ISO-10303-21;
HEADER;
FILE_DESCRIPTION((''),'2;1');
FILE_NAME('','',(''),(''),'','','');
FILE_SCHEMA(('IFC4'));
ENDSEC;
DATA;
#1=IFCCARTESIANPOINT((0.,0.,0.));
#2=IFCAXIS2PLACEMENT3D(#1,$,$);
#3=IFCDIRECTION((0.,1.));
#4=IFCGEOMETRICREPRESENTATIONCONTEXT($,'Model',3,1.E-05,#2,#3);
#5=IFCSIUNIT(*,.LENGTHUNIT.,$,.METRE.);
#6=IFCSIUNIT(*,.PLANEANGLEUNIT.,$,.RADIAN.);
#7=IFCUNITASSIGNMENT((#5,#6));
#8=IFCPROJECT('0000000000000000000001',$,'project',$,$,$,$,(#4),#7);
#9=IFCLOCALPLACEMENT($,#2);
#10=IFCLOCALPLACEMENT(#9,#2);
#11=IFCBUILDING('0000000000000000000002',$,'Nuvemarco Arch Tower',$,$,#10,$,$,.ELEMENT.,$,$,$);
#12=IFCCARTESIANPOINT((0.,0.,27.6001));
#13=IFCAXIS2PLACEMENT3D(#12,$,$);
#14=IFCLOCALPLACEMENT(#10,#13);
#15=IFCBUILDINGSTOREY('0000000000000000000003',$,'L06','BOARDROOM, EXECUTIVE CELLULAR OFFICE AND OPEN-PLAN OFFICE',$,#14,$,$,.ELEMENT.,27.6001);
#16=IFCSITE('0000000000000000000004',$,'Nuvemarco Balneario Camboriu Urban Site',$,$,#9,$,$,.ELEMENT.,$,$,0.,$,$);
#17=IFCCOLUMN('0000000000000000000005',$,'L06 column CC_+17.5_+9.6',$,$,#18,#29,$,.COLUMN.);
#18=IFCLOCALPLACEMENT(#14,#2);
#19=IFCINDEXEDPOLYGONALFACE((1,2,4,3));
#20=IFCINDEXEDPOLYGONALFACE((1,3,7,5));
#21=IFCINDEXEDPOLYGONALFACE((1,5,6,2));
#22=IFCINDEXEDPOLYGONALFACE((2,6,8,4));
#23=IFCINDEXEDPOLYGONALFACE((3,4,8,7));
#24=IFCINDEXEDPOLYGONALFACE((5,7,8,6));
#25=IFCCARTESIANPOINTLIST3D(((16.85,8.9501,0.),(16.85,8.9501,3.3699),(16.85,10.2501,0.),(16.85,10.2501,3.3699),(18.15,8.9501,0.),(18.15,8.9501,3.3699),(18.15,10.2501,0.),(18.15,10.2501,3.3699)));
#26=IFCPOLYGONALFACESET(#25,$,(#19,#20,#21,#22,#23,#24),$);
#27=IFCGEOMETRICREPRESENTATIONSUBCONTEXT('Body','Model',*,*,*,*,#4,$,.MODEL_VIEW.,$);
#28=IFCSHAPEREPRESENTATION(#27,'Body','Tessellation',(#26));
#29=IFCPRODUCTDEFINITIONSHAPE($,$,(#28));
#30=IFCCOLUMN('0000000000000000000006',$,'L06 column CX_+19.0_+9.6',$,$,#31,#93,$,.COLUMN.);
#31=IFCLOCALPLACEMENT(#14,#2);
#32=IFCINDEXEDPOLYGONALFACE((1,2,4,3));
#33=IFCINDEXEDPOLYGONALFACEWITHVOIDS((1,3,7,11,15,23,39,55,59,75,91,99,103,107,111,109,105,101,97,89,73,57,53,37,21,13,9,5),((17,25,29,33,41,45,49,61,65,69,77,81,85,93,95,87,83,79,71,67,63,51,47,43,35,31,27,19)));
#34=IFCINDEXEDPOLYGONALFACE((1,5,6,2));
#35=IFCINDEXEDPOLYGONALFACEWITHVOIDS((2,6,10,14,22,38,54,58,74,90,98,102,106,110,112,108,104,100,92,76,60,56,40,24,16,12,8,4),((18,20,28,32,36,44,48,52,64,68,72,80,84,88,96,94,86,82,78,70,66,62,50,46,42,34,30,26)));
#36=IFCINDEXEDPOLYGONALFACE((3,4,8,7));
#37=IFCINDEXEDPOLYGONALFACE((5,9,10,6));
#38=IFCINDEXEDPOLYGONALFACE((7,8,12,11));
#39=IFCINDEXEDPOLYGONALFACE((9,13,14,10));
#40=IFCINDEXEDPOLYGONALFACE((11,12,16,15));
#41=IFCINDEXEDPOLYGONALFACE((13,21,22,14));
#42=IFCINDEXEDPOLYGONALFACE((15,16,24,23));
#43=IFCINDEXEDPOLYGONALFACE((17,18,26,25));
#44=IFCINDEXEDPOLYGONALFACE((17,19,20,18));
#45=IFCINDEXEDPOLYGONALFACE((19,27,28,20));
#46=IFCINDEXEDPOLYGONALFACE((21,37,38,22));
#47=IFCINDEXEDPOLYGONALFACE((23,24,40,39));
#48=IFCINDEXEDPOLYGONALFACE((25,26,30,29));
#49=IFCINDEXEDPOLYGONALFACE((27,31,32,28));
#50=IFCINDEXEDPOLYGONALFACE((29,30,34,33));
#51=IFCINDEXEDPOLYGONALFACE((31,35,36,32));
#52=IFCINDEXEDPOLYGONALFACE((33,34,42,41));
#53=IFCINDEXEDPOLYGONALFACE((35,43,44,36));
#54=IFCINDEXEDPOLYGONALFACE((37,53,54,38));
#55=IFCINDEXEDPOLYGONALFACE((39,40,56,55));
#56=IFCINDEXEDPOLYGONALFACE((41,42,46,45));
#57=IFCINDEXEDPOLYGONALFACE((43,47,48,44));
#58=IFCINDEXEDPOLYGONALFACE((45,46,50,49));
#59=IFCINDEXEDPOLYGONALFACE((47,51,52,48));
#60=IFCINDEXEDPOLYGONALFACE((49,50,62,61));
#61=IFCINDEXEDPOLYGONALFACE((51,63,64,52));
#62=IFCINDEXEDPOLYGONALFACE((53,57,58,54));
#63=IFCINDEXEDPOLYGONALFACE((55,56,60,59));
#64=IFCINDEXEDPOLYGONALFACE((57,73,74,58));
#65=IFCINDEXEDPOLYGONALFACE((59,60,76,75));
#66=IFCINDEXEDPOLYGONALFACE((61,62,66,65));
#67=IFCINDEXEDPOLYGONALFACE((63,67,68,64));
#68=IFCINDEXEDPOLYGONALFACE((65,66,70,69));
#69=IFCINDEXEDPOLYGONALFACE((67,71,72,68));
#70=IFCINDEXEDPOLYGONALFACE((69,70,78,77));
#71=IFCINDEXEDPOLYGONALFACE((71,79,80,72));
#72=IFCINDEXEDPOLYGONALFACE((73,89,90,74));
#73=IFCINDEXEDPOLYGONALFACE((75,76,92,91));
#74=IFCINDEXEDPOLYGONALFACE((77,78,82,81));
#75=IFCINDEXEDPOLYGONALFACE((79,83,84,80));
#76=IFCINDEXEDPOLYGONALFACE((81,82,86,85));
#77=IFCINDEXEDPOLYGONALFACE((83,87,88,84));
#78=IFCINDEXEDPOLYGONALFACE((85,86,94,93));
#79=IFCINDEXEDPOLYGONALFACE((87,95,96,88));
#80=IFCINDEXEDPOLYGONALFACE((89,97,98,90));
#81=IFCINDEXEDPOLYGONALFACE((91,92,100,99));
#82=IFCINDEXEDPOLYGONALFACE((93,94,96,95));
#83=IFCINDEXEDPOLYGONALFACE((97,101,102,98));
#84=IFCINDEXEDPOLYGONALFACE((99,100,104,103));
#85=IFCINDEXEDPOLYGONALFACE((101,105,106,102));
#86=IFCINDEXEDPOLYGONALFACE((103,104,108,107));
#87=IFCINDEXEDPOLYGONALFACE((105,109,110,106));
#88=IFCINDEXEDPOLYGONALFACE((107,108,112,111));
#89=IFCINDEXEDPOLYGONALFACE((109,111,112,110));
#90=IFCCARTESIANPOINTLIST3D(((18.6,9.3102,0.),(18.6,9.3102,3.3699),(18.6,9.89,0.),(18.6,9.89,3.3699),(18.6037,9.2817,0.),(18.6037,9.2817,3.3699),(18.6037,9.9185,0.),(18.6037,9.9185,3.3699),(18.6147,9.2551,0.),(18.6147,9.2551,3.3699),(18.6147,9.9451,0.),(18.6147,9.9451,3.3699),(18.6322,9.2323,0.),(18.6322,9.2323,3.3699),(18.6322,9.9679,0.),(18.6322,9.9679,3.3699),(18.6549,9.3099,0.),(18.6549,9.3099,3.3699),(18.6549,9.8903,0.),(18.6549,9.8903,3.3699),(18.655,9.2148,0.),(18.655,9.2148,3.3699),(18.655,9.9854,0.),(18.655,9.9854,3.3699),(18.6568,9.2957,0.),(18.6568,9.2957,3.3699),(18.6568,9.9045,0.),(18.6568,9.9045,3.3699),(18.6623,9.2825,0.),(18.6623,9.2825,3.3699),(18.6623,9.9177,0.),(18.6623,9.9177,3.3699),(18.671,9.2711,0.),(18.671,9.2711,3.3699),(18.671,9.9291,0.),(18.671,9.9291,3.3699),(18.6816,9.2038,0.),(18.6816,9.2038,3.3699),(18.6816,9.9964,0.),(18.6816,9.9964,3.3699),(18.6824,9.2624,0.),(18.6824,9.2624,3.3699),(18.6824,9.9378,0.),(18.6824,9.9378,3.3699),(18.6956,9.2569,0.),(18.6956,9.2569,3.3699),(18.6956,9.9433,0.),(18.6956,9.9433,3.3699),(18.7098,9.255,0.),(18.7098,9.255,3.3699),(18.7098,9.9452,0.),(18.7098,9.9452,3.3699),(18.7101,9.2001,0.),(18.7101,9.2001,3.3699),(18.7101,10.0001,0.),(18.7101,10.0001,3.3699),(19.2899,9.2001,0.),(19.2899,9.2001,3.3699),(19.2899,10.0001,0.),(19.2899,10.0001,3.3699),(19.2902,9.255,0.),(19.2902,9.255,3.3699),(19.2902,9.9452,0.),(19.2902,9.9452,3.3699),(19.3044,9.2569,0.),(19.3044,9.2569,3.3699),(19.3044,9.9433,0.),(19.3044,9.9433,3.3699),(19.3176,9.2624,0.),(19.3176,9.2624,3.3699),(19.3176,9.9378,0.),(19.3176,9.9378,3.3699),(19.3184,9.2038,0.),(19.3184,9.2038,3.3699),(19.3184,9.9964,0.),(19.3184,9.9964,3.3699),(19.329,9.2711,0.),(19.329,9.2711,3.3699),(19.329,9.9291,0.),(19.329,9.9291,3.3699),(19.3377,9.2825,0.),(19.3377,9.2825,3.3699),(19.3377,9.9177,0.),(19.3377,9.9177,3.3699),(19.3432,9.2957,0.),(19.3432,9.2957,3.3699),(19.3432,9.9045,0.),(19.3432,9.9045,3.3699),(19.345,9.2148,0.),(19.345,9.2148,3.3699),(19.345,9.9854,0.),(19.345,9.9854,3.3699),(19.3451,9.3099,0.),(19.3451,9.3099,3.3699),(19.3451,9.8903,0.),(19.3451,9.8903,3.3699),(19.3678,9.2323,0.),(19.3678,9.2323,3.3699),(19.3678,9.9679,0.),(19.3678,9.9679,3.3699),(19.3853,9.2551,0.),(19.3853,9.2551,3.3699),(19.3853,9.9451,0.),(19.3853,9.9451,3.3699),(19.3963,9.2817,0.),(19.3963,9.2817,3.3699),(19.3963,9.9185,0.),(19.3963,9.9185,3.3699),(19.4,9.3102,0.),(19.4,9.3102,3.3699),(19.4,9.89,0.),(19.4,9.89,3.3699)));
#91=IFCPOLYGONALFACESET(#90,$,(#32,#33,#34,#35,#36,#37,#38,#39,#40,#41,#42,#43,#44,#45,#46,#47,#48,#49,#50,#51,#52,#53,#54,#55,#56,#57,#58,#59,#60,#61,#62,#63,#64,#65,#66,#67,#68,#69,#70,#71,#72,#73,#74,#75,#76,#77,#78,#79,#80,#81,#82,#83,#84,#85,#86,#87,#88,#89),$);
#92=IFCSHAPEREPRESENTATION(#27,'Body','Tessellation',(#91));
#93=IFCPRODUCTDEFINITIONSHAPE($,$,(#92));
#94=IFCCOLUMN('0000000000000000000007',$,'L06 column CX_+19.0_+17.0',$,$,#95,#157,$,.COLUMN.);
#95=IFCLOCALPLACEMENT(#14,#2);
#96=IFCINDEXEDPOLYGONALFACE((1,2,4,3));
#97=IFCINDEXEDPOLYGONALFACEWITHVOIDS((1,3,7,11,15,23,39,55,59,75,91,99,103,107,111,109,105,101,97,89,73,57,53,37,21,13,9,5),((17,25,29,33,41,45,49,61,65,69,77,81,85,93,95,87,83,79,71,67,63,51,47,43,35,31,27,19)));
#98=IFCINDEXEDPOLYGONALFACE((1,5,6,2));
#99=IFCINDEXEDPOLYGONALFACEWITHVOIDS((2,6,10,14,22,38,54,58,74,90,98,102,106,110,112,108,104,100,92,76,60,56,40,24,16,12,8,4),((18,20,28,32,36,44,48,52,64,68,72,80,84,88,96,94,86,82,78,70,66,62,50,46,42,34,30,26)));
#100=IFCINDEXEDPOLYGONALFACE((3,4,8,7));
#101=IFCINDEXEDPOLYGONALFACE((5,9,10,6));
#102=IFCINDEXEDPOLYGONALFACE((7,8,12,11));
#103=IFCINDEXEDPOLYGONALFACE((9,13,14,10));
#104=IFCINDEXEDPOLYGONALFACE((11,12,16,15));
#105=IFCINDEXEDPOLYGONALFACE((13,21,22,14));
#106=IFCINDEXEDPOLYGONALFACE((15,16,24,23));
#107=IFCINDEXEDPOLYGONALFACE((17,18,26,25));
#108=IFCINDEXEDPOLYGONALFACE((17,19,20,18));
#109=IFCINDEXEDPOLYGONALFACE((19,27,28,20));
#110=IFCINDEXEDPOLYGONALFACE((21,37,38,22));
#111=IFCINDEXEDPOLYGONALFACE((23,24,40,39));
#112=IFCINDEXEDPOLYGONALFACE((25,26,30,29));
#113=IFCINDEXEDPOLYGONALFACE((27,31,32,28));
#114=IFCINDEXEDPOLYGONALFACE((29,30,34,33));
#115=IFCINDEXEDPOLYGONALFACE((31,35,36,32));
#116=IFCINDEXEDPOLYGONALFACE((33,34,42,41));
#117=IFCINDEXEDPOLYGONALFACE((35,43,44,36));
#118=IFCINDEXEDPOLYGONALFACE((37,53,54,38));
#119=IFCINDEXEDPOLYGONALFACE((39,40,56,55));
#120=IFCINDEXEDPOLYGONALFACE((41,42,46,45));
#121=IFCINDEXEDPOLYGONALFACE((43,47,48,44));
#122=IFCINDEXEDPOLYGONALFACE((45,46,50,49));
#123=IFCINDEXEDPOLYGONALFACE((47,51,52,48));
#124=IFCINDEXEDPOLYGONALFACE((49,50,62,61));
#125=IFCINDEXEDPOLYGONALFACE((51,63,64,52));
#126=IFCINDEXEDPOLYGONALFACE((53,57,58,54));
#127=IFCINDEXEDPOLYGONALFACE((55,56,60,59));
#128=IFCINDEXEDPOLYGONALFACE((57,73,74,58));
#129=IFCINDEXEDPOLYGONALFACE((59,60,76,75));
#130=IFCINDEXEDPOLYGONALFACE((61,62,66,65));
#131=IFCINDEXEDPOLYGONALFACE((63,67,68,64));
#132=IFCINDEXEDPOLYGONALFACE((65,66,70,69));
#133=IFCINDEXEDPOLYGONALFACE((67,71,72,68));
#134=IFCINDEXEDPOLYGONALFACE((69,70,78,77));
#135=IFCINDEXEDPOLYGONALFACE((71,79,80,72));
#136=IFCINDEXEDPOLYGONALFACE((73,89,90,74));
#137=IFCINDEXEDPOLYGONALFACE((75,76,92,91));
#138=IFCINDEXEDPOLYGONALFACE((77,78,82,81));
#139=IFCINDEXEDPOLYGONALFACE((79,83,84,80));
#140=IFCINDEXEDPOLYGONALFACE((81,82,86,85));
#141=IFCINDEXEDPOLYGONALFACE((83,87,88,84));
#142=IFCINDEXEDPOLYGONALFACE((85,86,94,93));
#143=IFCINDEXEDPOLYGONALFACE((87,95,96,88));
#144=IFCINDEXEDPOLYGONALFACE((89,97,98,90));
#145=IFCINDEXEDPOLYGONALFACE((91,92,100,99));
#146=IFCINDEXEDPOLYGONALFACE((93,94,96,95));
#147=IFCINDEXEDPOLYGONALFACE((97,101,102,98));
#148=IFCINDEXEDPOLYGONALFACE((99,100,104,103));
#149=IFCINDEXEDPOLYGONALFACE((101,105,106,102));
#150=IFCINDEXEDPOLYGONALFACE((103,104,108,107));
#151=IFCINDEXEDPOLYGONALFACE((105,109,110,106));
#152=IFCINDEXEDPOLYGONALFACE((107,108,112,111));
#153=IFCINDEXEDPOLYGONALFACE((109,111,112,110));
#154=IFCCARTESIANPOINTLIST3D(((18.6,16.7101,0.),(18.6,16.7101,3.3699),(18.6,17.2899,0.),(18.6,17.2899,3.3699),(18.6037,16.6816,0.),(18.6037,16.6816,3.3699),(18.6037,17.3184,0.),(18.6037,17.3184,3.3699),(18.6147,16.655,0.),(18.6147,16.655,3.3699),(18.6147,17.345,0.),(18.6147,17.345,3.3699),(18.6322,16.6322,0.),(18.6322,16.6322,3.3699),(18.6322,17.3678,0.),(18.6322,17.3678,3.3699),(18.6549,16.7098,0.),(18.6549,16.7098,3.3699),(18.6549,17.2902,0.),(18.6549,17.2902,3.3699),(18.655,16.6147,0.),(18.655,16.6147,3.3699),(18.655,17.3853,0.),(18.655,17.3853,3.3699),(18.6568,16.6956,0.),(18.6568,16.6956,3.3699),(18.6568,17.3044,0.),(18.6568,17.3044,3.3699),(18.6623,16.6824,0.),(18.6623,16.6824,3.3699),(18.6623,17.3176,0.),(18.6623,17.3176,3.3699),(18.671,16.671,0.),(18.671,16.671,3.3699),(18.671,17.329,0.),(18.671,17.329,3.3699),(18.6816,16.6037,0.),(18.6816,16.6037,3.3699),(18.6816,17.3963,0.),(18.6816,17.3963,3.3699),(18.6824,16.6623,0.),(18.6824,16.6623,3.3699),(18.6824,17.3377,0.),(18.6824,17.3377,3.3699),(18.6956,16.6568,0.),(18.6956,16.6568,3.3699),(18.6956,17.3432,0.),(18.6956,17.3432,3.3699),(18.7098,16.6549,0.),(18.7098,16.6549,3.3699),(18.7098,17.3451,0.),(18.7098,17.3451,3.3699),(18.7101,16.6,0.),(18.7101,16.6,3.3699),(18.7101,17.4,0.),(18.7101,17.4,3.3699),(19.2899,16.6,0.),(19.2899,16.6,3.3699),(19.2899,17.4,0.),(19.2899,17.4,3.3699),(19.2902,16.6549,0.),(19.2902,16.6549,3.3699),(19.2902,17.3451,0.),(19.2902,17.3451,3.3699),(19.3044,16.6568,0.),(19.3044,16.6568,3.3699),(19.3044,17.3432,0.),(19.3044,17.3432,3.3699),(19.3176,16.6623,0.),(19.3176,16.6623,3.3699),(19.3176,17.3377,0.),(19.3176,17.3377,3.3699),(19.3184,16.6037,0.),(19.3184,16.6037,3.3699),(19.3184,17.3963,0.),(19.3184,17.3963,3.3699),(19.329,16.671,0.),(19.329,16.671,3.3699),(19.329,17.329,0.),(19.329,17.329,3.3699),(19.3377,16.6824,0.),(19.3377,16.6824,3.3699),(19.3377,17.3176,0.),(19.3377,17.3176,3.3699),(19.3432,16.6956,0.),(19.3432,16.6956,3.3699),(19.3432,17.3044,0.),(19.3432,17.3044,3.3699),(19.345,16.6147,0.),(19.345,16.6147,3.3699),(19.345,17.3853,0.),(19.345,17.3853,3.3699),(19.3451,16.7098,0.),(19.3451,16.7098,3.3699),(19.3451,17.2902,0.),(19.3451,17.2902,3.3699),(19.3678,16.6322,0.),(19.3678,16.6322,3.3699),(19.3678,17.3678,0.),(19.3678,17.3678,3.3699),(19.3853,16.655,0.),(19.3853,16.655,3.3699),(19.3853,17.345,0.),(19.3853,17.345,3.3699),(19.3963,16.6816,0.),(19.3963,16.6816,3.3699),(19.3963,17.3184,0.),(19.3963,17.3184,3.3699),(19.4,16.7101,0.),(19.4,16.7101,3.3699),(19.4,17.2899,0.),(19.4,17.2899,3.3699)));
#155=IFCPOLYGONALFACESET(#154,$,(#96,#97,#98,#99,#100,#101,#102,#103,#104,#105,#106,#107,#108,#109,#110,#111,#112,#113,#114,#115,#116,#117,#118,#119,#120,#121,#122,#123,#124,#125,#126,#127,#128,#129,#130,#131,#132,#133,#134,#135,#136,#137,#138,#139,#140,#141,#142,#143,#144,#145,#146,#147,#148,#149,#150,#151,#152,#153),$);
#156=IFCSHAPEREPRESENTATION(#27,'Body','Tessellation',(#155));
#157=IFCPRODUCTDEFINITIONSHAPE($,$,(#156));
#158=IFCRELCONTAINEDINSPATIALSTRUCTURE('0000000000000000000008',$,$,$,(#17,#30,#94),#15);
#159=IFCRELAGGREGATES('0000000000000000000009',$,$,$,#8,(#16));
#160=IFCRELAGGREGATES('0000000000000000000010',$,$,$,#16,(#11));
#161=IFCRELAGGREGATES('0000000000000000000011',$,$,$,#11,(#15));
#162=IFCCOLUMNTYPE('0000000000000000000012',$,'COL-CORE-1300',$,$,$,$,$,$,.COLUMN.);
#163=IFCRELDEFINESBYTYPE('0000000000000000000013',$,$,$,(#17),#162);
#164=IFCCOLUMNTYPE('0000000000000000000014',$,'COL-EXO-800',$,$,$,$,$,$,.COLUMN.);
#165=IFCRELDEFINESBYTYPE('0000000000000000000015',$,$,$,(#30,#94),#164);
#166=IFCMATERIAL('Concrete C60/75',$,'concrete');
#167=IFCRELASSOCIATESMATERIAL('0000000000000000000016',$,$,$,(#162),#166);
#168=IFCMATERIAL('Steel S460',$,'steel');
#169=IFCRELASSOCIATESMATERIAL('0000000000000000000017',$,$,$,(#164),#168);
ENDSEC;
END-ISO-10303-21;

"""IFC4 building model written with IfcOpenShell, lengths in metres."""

from ifc_helpers import new_model, si_unit, direction, frame, origin, origin_2d, place, context, subcontext, project, spatial, rectangle, hollow_rectangle, extrude, material, material_profile, profile_set, type_object, element, save


model = new_model("IFC4")

# Units and contexts
model_context = context("Model", 3, precision=1e-05, world=origin(), true_north=direction((0.0, 1.0)))
body_context = subcontext(model_context, "Body", "Model", "MODEL_VIEW")
ifc_project = project(units=[si_unit("LENGTHUNIT", "METRE"), si_unit("PLANEANGLEUNIT", "RADIAN")], contexts=[model_context])

# Site, building, storey
site_placement = place(None, origin())
site = spatial("IfcSite", under=ifc_project, at=site_placement, Name="Nuvemarco Balneario Camboriu Urban Site", CompositionType="ELEMENT", RefElevation=0.0)
building_placement = place(site_placement, origin())
building = spatial("IfcBuilding", under=site, at=building_placement, Name="Nuvemarco Arch Tower", CompositionType="ELEMENT")
storey_placement = place(building_placement, frame((0.0, 0.0, 27.6001)))
storey = spatial("IfcBuildingStorey", under=building, at=storey_placement, Name="L06", Description="BOARDROOM, EXECUTIVE CELLULAR OFFICE AND OPEN-PLAN OFFICE", CompositionType="ELEMENT", Elevation=27.6001)

# Columns
ifc_material_1 = material(Name="Concrete C60/75", Category="concrete")
ifc_material_profile_1 = material_profile(ifc_material_1, rectangle(XDim=1.3, YDim=1.3, at=origin_2d()), Name="RC-COL-1300x1300")
ifc_profile_set_1 = profile_set([ifc_material_profile_1], Name="Concrete C60/75")
column_type_1 = type_object("IfcColumnType", Name="COL-CORE-1300", PredefinedType="COLUMN", material=ifc_profile_set_1)
column_1_placement = place(storey_placement, frame((17.5, 9.6001, 0.0), z_axis=(0.0, 0.0, 1.0), x_axis=(1.0, 0.0, 0.0)))
element("IfcColumn", 1, at=column_1_placement, inside=storey, type_object=column_type_1, Name="L06 column CC_+17.5_+9.6", PredefinedType="COLUMN", context=body_context, shape_type="SweptSolid", body=[
    extrude(rectangle(XDim=1.3, YDim=1.3, at=origin_2d()), origin(), (0.0, 0.0, 1.0), 3.3699),
])
ifc_material_2 = material(Name="Steel S460", Category="steel")
ifc_material_profile_2 = material_profile(ifc_material_2, hollow_rectangle(XDim=0.8, YDim=0.8, WallThickness=0.0549, InnerFilletRadius=0.0549, OuterFilletRadius=0.1101, at=origin_2d()), Name="SHS800x800x55")
ifc_profile_set_2 = profile_set([ifc_material_profile_2], Name="Steel S460")
column_type_2 = type_object("IfcColumnType", Name="COL-EXO-800", PredefinedType="COLUMN", material=ifc_profile_set_2)
for number, where, z_axis, x_axis, name in (
    (2, (19.0, 9.6001, 0.0), (0.0, 0.0, 1.0), (1.0, 0.0, 0.0), "L06 column CX_+19.0_+9.6"),
    (3, (19.0, 17.0, 0.0), (0.0, 0.0, 1.0), (1.0, 0.0, 0.0), "L06 column CX_+19.0_+17.0"),
):
    element("IfcColumn", number, at=place(storey_placement, frame(where, z_axis=z_axis, x_axis=x_axis)), inside=storey, type_object=column_type_2, Name=name, PredefinedType="COLUMN", context=body_context, shape_type="SweptSolid", body=[
        extrude(hollow_rectangle(XDim=0.8, YDim=0.8, WallThickness=0.0549, InnerFilletRadius=0.0549, OuterFilletRadius=0.1101, at=origin_2d()), origin(), (0.0, 0.0, 1.0), 3.3699),
    ])

save(model, "model.ifc")
